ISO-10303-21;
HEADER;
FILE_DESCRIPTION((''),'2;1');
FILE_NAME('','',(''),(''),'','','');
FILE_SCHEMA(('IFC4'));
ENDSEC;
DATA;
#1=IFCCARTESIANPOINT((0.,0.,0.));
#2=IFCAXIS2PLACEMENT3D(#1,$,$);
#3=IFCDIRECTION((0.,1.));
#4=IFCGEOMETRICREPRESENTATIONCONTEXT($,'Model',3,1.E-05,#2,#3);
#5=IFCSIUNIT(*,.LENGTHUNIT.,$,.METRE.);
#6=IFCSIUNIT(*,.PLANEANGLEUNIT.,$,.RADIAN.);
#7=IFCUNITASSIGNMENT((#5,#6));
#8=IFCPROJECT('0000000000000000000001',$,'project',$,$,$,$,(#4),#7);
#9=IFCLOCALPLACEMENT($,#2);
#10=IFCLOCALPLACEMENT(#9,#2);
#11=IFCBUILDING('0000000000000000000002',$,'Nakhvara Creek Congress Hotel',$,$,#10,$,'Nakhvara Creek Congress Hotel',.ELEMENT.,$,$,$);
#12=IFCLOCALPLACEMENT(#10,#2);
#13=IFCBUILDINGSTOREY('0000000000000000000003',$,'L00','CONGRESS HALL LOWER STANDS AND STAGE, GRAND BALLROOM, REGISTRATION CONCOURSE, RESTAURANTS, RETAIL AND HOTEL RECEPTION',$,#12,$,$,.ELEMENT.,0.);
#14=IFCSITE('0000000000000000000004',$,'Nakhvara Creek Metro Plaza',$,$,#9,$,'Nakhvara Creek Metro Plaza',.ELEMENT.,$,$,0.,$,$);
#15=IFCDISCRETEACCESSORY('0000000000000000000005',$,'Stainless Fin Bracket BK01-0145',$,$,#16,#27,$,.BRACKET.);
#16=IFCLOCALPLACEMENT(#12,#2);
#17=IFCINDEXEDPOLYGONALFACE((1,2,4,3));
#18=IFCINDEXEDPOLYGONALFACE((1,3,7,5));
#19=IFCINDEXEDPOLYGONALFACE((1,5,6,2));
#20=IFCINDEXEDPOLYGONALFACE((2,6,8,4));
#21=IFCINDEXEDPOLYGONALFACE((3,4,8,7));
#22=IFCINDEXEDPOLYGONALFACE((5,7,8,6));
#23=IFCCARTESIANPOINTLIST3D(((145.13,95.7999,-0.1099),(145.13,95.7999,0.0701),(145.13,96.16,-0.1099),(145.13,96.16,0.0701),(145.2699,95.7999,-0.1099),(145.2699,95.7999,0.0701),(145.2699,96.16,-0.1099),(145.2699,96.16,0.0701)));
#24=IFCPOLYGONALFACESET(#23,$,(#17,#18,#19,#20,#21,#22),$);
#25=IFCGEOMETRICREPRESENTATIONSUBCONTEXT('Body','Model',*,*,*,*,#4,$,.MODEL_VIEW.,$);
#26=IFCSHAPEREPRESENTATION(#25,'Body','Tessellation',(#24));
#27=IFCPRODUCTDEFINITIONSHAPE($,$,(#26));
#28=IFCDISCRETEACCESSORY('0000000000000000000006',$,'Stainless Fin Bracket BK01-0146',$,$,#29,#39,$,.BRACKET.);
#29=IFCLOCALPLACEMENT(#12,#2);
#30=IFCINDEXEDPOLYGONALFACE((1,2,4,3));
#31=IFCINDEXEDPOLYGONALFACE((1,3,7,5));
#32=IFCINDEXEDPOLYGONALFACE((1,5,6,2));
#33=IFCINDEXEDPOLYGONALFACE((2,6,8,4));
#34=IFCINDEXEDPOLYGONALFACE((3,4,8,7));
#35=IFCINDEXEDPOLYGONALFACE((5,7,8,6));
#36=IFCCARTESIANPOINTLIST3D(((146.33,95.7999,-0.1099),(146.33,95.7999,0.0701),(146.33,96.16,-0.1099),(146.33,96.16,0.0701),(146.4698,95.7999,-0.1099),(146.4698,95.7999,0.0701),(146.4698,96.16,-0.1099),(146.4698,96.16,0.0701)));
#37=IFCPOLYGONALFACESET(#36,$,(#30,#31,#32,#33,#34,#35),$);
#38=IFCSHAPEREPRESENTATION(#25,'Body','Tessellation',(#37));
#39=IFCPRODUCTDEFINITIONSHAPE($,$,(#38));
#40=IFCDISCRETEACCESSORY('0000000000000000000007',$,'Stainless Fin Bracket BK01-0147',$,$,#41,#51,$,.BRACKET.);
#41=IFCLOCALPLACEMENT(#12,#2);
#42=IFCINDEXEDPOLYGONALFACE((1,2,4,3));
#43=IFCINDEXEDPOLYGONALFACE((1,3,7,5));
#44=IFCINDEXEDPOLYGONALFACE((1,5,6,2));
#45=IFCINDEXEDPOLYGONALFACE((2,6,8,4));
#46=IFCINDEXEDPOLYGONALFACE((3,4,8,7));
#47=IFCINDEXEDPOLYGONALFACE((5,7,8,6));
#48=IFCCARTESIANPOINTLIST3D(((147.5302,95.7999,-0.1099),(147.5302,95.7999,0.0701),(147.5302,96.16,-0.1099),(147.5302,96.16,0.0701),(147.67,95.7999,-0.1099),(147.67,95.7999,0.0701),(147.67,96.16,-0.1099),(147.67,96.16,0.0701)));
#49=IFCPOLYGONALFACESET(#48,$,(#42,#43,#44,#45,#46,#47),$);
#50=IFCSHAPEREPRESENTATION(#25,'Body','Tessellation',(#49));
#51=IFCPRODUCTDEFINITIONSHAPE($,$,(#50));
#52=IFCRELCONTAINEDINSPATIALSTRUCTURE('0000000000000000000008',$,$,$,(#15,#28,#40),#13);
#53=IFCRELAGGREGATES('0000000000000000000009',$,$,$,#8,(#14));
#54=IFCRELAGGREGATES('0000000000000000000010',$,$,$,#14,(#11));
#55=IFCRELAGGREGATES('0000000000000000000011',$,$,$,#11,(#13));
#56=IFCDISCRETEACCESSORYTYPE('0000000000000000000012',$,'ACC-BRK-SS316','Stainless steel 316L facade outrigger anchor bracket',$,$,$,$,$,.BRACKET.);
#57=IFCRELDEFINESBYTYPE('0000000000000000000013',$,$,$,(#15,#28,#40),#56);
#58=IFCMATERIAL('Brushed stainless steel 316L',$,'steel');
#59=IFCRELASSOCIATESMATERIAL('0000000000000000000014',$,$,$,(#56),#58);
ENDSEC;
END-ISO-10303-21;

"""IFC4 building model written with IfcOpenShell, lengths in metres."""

from ifc_helpers import new_model, si_unit, direction, frame, origin, origin_2d, place, context, subcontext, project, spatial, rectangle, extrude, material, type_object, element, save


model = new_model("IFC4")

# Units and contexts
model_context = context("Model", 3, precision=1e-05, world=origin(), true_north=direction((0.0, 1.0)))
body_context = subcontext(model_context, "Body", "Model", "MODEL_VIEW")
ifc_project = project(units=[si_unit("LENGTHUNIT", "METRE"), si_unit("PLANEANGLEUNIT", "RADIAN")], contexts=[model_context])

# Site, building, storey
site_placement = place(None, origin())
site = spatial("IfcSite", under=ifc_project, at=site_placement, Name="Nakhvara Creek Metro Plaza", LongName="Nakhvara Creek Metro Plaza", CompositionType="ELEMENT", RefElevation=0.0)
building_placement = place(site_placement, origin())
building = spatial("IfcBuilding", under=site, at=building_placement, Name="Nakhvara Creek Congress Hotel", LongName="Nakhvara Creek Congress Hotel", CompositionType="ELEMENT")
storey_placement = place(building_placement, origin())
storey = spatial("IfcBuildingStorey", under=building, at=storey_placement, Name="L00", Description="CONGRESS HALL LOWER STANDS AND STAGE, GRAND BALLROOM, REGISTRATION CONCOURSE, RESTAURANTS, RETAIL AND HOTEL RECEPTION", CompositionType="ELEMENT", Elevation=0.0)

# Discrete accessories
ifc_material_1 = material(Name="Brushed stainless steel 316L", Category="steel")
discrete_accessory_type = type_object("IfcDiscreteAccessoryType", Name="ACC-BRK-SS316", Description="Stainless steel 316L facade outrigger anchor bracket", PredefinedType="BRACKET", material=ifc_material_1)
for number, where, z_axis, x_axis, name in (
    (1, (145.2, 95.98, -0.1099), (0.0, 0.0, 1.0), (1.0, 0.0, 0.0), "Stainless Fin Bracket BK01-0145"),
    (2, (146.3999, 95.98, -0.1099), (0.0, 0.0, 1.0), (1.0, 0.0, 0.0), "Stainless Fin Bracket BK01-0146"),
    (3, (147.6001, 95.98, -0.1099), (0.0, 0.0, 1.0), (1.0, 0.0, 0.0), "Stainless Fin Bracket BK01-0147"),
):
    element("IfcDiscreteAccessory", number, at=place(storey_placement, frame(where, z_axis=z_axis, x_axis=x_axis)), inside=storey, type_object=discrete_accessory_type, Name=name, PredefinedType="BRACKET", context=body_context, shape_type="SweptSolid", body=[
        extrude(rectangle(XDim=0.1399, YDim=0.3601, at=origin_2d()), origin(), (0.0, 0.0, 1.0), 0.1799),
    ])

save(model, "model.ifc")
